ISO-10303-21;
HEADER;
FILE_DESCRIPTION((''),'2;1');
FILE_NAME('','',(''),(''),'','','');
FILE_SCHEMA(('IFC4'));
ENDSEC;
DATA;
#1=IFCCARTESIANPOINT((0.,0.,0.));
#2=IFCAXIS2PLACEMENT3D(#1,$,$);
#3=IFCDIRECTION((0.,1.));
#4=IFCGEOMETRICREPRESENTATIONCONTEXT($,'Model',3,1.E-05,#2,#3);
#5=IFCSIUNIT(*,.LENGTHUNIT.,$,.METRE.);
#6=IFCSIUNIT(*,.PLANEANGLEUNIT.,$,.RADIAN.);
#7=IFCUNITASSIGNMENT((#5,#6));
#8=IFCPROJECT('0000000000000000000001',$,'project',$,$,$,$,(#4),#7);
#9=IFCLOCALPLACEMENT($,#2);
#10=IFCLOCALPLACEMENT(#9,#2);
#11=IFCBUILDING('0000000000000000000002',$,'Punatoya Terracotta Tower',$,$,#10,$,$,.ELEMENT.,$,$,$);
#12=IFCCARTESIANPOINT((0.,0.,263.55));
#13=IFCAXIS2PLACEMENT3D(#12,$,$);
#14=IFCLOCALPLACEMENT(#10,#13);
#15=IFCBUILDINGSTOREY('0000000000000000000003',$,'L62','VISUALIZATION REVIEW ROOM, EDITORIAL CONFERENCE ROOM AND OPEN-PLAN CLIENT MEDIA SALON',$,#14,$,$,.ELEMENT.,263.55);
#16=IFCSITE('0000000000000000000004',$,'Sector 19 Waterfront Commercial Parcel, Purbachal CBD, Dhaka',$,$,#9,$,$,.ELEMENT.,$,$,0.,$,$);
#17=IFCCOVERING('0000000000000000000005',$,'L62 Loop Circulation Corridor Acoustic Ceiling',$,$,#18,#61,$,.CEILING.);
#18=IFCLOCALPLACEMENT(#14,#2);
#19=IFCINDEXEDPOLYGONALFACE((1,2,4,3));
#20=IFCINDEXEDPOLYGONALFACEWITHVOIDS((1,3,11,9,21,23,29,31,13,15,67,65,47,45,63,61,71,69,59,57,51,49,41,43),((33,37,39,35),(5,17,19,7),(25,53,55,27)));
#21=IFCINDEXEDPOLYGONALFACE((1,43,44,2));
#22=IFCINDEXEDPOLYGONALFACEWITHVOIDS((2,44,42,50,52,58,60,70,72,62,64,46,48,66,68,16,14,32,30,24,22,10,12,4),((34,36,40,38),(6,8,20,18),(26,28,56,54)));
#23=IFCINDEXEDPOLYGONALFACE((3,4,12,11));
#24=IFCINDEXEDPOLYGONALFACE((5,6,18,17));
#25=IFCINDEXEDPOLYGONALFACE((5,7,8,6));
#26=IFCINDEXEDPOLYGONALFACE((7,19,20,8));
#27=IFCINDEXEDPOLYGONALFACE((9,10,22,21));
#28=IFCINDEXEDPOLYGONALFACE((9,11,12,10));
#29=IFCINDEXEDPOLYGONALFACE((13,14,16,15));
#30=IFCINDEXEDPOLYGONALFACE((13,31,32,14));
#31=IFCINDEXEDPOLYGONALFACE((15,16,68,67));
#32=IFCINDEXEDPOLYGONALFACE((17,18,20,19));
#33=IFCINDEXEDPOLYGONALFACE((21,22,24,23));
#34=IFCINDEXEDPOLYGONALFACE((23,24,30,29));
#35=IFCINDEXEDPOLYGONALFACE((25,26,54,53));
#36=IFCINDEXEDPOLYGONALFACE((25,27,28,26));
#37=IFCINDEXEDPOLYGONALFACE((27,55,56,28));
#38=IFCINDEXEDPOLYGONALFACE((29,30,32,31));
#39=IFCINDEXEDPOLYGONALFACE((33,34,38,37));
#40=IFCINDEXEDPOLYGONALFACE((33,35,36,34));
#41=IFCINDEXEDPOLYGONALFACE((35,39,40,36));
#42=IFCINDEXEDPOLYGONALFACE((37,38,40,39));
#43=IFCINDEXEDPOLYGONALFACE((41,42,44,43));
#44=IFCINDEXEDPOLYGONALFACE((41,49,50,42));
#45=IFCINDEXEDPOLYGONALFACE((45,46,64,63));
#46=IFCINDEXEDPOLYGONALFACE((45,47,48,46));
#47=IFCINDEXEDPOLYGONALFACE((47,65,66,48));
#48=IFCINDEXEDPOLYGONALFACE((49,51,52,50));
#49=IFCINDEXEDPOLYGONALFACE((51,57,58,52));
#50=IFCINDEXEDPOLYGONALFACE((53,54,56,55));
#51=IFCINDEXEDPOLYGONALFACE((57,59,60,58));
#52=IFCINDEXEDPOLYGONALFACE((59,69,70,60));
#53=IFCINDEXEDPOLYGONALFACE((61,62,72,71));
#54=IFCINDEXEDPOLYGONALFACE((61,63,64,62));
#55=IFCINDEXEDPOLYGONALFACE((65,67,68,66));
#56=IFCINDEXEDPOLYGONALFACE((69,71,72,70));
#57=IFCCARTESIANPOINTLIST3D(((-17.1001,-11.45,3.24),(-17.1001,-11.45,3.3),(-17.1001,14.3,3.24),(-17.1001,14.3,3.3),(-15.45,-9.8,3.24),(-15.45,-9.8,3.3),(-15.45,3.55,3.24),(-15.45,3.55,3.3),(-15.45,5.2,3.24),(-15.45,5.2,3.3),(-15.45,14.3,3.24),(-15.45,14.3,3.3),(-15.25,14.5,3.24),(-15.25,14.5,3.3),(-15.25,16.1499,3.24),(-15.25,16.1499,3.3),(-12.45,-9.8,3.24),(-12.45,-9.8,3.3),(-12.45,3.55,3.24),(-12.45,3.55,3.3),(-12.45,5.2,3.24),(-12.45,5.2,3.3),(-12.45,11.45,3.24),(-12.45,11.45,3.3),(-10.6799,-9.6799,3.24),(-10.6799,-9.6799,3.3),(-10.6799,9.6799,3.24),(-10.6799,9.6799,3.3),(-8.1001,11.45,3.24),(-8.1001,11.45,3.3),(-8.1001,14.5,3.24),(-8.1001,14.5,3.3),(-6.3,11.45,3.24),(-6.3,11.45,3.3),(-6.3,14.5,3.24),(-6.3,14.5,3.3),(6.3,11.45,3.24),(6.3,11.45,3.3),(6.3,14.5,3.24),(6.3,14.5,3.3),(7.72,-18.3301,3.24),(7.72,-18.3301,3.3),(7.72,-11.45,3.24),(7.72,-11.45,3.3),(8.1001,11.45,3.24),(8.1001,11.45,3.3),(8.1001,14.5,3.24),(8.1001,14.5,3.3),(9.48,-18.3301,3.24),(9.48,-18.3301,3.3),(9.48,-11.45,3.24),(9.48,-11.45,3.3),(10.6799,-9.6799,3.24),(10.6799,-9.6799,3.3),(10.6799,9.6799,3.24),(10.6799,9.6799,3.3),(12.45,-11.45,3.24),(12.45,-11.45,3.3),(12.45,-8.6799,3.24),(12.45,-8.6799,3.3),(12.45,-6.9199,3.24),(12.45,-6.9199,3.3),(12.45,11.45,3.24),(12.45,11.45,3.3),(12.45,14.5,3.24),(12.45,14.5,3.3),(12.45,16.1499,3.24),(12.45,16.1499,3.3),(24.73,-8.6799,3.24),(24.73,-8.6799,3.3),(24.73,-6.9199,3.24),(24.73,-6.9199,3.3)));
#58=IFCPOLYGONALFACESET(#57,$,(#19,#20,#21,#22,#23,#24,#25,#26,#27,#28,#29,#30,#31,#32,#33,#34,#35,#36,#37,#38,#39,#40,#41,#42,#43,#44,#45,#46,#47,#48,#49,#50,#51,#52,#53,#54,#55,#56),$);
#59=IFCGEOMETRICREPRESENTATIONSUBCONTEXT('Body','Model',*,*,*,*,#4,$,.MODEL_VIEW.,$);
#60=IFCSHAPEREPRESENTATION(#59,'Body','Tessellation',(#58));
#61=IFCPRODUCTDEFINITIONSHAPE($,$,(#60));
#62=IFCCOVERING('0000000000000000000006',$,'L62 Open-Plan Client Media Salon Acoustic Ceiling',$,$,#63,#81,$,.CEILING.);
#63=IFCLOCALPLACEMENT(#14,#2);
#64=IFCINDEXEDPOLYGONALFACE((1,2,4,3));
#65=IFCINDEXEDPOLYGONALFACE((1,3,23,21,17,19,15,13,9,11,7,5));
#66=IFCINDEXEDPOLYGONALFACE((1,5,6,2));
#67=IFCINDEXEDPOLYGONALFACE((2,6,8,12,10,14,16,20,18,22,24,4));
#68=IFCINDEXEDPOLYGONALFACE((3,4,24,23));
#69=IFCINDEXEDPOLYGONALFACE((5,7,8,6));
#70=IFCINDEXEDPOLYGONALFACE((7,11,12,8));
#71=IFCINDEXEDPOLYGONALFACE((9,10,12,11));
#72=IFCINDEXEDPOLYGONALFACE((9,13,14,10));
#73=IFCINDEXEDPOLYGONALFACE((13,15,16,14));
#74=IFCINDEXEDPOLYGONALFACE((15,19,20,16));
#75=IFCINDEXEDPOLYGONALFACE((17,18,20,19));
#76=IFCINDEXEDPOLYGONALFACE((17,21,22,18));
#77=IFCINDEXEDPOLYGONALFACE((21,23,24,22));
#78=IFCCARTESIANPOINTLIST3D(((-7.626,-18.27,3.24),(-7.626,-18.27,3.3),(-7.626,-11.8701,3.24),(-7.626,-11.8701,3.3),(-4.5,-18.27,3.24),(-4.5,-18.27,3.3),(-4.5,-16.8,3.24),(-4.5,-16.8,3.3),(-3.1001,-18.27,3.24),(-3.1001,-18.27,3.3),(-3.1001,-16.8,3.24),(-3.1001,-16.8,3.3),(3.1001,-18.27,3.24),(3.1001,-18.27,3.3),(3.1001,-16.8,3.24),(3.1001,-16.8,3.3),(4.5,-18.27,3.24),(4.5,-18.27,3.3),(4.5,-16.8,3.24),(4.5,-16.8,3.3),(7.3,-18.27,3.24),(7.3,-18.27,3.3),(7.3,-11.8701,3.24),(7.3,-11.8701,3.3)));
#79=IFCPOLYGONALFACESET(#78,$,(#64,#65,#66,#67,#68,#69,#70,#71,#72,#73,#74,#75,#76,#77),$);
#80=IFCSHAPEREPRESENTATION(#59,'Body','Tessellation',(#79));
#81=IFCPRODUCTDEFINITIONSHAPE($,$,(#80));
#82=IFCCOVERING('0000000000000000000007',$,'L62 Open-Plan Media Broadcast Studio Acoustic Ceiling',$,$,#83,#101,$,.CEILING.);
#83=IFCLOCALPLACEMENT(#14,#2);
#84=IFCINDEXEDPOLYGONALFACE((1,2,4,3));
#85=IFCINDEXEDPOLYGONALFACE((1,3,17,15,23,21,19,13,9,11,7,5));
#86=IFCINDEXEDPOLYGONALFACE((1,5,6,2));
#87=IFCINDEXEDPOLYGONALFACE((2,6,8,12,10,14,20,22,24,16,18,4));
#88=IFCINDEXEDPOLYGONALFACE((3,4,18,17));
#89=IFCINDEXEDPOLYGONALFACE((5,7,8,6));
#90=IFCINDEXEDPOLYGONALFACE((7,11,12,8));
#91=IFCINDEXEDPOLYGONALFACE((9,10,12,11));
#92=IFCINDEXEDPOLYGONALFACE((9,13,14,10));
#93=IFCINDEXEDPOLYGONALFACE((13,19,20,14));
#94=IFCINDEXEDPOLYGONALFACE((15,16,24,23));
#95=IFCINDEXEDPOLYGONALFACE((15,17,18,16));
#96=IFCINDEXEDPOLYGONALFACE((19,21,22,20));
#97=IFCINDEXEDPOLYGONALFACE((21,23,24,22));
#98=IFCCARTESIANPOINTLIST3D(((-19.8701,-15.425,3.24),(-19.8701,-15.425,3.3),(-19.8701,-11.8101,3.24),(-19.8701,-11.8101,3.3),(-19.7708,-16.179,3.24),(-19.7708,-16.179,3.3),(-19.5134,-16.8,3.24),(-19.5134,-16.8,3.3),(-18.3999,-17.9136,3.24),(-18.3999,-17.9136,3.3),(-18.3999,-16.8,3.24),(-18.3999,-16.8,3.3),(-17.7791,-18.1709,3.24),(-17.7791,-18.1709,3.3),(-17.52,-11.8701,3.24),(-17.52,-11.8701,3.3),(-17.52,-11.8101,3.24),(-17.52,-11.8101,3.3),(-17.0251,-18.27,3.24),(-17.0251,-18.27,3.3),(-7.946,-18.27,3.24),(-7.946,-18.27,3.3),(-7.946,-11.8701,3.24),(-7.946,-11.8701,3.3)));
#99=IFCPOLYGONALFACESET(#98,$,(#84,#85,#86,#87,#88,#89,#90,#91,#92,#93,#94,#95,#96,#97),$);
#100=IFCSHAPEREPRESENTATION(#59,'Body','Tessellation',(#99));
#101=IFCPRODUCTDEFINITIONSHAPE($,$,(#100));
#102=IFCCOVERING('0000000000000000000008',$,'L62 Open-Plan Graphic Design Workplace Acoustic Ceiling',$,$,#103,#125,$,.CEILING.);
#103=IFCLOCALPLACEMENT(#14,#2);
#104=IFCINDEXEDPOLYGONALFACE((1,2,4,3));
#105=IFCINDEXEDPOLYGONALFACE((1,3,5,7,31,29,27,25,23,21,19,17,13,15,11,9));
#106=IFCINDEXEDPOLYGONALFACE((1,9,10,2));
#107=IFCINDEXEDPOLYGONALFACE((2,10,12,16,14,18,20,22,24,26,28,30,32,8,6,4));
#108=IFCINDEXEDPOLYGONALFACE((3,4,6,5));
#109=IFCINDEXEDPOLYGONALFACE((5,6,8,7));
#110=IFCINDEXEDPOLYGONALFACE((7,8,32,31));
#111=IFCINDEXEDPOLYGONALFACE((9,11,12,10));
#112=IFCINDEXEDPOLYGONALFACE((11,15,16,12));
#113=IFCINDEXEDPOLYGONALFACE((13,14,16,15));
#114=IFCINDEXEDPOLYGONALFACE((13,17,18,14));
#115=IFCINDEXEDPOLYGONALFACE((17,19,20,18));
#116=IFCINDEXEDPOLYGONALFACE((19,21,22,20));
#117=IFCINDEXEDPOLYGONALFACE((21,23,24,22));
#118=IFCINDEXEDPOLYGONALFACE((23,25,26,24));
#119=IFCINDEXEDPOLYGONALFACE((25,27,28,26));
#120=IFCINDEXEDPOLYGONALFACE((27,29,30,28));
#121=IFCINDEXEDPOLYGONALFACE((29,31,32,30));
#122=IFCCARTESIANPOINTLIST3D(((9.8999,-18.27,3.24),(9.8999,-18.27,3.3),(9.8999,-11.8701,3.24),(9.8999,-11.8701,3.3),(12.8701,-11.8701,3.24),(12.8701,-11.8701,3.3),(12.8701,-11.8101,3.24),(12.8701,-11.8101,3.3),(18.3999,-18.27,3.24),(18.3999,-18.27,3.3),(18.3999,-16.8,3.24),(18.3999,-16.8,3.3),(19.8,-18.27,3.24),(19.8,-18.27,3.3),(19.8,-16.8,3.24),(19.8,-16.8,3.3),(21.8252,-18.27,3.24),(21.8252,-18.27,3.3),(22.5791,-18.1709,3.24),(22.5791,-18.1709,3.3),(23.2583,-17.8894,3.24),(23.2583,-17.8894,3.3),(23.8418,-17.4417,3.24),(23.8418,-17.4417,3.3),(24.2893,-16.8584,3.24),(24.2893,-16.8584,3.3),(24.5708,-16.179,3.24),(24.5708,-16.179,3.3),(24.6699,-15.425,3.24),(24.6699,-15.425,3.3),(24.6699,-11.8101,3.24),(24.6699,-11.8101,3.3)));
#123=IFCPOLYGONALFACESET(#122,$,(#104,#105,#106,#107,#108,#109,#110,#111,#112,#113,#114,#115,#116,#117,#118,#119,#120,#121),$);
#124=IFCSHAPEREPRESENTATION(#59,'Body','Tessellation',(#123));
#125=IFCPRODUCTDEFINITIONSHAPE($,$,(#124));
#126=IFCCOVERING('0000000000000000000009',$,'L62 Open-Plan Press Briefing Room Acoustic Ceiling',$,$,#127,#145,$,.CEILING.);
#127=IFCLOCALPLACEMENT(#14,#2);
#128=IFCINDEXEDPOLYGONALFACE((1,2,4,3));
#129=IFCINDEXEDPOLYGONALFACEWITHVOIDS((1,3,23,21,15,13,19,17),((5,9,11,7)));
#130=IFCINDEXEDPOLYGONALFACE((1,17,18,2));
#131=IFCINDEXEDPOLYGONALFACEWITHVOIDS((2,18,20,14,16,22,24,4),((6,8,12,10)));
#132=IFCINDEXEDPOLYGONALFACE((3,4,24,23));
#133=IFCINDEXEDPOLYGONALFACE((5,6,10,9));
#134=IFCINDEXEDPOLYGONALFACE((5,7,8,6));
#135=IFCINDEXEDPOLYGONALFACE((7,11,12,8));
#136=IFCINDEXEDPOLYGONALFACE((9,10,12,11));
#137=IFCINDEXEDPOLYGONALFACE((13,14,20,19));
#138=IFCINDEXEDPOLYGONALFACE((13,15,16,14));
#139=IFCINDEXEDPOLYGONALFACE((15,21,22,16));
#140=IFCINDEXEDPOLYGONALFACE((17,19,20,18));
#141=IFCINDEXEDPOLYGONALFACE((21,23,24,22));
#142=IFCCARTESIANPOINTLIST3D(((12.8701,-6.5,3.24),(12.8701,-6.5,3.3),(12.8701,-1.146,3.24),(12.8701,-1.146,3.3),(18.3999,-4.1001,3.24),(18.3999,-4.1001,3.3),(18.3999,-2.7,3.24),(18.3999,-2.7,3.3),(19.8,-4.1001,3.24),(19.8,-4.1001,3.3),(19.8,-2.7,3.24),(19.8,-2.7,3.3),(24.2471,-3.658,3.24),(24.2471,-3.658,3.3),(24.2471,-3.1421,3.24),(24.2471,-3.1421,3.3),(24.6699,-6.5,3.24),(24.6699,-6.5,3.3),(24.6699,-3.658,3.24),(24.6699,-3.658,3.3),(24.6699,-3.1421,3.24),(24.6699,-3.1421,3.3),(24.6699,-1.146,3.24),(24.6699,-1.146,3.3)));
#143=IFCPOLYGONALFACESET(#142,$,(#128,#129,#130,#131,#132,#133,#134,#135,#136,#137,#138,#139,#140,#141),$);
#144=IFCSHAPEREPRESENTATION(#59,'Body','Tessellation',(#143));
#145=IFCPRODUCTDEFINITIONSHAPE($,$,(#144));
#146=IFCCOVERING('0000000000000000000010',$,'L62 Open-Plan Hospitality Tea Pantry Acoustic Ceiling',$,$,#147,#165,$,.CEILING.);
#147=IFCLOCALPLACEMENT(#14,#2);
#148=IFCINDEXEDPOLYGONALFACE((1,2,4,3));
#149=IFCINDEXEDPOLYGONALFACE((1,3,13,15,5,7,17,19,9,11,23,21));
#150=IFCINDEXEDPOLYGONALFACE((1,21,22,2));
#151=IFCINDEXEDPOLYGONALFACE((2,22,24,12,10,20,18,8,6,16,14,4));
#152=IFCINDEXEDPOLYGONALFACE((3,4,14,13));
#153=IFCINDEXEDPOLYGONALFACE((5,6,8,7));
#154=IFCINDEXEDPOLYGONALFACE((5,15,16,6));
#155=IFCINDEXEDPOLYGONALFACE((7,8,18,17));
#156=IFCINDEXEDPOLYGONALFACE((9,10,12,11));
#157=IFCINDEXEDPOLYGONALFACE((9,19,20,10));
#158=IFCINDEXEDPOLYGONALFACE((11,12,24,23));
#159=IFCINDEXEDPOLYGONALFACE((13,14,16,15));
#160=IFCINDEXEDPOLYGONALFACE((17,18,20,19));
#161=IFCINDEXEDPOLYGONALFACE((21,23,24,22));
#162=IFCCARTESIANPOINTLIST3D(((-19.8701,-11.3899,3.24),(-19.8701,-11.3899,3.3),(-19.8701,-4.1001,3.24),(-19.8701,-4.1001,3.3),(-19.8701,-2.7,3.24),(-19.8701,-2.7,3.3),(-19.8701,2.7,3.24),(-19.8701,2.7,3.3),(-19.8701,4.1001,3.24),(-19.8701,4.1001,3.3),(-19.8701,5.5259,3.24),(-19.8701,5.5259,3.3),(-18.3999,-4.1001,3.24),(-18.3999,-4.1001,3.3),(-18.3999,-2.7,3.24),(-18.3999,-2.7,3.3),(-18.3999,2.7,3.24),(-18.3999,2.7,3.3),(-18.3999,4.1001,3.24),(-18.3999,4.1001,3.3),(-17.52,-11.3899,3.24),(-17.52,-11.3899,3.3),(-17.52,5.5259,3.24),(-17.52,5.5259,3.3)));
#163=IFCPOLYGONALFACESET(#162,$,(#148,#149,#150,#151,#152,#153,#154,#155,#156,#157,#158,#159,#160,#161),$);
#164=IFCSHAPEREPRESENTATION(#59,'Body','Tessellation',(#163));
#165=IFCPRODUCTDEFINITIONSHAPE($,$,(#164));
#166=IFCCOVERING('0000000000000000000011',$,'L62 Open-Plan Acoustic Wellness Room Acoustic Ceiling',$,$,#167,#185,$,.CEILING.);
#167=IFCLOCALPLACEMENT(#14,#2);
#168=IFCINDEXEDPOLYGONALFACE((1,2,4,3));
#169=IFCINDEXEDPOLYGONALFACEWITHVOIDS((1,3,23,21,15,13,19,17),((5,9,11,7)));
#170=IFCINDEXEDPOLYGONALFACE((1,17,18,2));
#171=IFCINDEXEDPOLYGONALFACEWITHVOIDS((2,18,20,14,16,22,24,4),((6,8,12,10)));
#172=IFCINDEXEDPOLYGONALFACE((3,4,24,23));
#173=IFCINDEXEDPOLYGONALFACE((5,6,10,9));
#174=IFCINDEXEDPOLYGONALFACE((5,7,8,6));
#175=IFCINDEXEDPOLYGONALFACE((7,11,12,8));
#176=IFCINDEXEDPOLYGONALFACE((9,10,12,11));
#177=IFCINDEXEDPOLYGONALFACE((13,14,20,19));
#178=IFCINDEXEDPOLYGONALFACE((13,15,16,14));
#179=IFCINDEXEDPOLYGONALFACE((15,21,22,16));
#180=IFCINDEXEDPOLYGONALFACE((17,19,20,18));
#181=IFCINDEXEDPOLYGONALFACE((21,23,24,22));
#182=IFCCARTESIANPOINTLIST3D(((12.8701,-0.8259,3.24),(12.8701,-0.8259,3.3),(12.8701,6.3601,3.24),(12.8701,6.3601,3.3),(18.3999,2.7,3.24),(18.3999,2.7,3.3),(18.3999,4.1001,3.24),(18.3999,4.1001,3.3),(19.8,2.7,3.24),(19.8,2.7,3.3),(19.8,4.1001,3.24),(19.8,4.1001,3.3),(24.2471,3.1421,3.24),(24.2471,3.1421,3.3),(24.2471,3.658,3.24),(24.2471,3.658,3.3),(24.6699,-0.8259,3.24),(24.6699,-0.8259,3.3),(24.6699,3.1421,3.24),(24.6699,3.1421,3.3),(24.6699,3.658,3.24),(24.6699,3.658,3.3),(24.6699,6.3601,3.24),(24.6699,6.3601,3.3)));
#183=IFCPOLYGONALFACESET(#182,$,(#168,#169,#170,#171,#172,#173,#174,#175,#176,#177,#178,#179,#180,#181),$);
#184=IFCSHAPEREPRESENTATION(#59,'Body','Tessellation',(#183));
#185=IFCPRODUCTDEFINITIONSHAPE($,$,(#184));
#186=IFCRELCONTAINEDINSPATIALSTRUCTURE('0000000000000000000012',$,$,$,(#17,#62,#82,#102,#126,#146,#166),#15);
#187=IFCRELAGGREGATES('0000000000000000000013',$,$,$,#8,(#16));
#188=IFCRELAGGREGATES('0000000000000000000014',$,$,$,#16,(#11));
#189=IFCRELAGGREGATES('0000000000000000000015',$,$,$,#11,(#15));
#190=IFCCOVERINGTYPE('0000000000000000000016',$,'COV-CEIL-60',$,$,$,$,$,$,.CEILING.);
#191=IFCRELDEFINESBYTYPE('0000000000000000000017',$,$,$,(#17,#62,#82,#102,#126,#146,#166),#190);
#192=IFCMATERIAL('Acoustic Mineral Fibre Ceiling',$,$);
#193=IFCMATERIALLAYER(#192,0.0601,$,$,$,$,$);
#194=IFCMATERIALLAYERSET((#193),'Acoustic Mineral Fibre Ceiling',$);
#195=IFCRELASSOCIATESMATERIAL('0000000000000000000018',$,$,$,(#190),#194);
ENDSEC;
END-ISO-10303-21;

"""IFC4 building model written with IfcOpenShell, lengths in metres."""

from ifc_helpers import new_model, si_unit, direction, frame, origin, place, context, subcontext, project, spatial, polyline, outline, extrude, material, layer, layer_set, type_object, element, save


model = new_model("IFC4")

# Units and contexts
model_context = context("Model", 3, precision=1e-05, world=origin(), true_north=direction((0.0, 1.0)))
body_context = subcontext(model_context, "Body", "Model", "MODEL_VIEW")
ifc_project = project(units=[si_unit("LENGTHUNIT", "METRE"), si_unit("PLANEANGLEUNIT", "RADIAN")], contexts=[model_context])

# Site, building, storey
site_placement = place(None, origin())
site = spatial("IfcSite", under=ifc_project, at=site_placement, Name="Sector 19 Waterfront Commercial Parcel, Purbachal CBD, Dhaka", CompositionType="ELEMENT", RefElevation=0.0)
building_placement = place(site_placement, origin())
building = spatial("IfcBuilding", under=site, at=building_placement, Name="Punatoya Terracotta Tower", CompositionType="ELEMENT")
storey_placement = place(building_placement, frame((0.0, 0.0, 263.55)))
storey = spatial("IfcBuildingStorey", under=building, at=storey_placement, Name="L62", Description="VISUALIZATION REVIEW ROOM, EDITORIAL CONFERENCE ROOM AND OPEN-PLAN CLIENT MEDIA SALON", CompositionType="ELEMENT", Elevation=263.55)

# Coverings
ifc_material_1 = material(Name="Acoustic Mineral Fibre Ceiling")
ifc_layer_1 = layer(ifc_material_1, 0.0601)
ifc_layer_set_1 = layer_set([ifc_layer_1], Name="Acoustic Mineral Fibre Ceiling")
covering_type = type_object("IfcCoveringType", Name="COV-CEIL-60", PredefinedType="CEILING", material=ifc_layer_set_1)
covering_1_placement = place(storey_placement, frame((0.0, 0.0, 3.24)))
element("IfcCovering", 1, at=covering_1_placement, inside=storey, type_object=covering_type, Name="L62 Loop Circulation Corridor Acoustic Ceiling", PredefinedType="CEILING", context=body_context, shape_type="SweptSolid", body=[
    extrude(outline(polyline([(9.48, -11.45), (12.45, -11.45), (12.45, -8.6799), (24.73, -8.6799), (24.73, -6.9199), (12.45, -6.9199), (12.45, 11.45), (8.1001, 11.45), (8.1001, 14.5), (12.45, 14.5), (12.45, 16.1499), (-15.25, 16.1499), (-15.25, 14.5), (-8.1001, 14.5), (-8.1001, 11.45), (-12.45, 11.45), (-12.45, 5.2), (-15.45, 5.2), (-15.45, 14.3), (-17.1001, 14.3), (-17.1001, -11.45), (7.72, -11.45), (7.72, -18.3301), (9.48, -18.3301), (9.48, -11.45)]), holes=[polyline([(10.6799, 9.6799), (10.6799, -9.6799), (-10.6799, -9.6799), (-10.6799, 9.6799), (10.6799, 9.6799)]), polyline([(6.3, 14.5), (6.3, 11.45), (-6.3, 11.45), (-6.3, 14.5), (6.3, 14.5)]), polyline([(-12.45, 3.55), (-12.45, -9.8), (-15.45, -9.8), (-15.45, 3.55), (-12.45, 3.55)])]), origin(), (0.0, 0.0, 1.0), 0.0601),
])
covering_2_placement = place(storey_placement, frame((0.0, 0.0, 3.24)))
element("IfcCovering", 2, at=covering_2_placement, inside=storey, type_object=covering_type, Name="L62 Open-Plan Client Media Salon Acoustic Ceiling", PredefinedType="CEILING", context=body_context, shape_type="SweptSolid", body=[
    extrude(outline(polyline([(-4.5, -18.27), (-4.5, -16.8), (-3.1001, -16.8), (-3.1001, -18.27), (3.1001, -18.27), (3.1001, -16.8), (4.5, -16.8), (4.5, -18.27), (7.3, -18.27), (7.3, -11.8701), (-7.626, -11.8701), (-7.626, -18.27), (-4.5, -18.27)])), origin(), (0.0, 0.0, 1.0), 0.0601),
])
covering_3_placement = place(storey_placement, frame((0.0, 0.0, 3.24)))
element("IfcCovering", 3, at=covering_3_placement, inside=storey, type_object=covering_type, Name="L62 Open-Plan Media Broadcast Studio Acoustic Ceiling", PredefinedType="CEILING", context=body_context, shape_type="SweptSolid", body=[
    extrude(outline(polyline([(-17.52, -11.8701), (-17.52, -11.8101), (-19.8701, -11.8101), (-19.8701, -15.425), (-19.7708, -16.179), (-19.5134, -16.8), (-18.3999, -16.8), (-18.3999, -17.9136), (-17.7791, -18.1709), (-17.0251, -18.27), (-7.946, -18.27), (-7.946, -11.8701), (-17.52, -11.8701)])), origin(), (0.0, 0.0, 1.0), 0.0601),
])
covering_4_placement = place(storey_placement, frame((0.0, 0.0, 3.24)))
element("IfcCovering", 4, at=covering_4_placement, inside=storey, type_object=covering_type, Name="L62 Open-Plan Graphic Design Workplace Acoustic Ceiling", PredefinedType="CEILING", context=body_context, shape_type="SweptSolid", body=[
    extrude(outline(polyline([(12.8701, -11.8701), (9.8999, -11.8701), (9.8999, -18.27), (18.3999, -18.27), (18.3999, -16.8), (19.8, -16.8), (19.8, -18.27), (21.8252, -18.27), (22.5791, -18.1709), (23.2583, -17.8894), (23.8418, -17.4417), (24.2893, -16.8584), (24.5708, -16.179), (24.6699, -15.425), (24.6699, -11.8101), (12.8701, -11.8101), (12.8701, -11.8701)])), origin(), (0.0, 0.0, 1.0), 0.0601),
])
covering_5_placement = place(storey_placement, frame((0.0, 0.0, 3.24)))
element("IfcCovering", 5, at=covering_5_placement, inside=storey, type_object=covering_type, Name="L62 Open-Plan Press Briefing Room Acoustic Ceiling", PredefinedType="CEILING", context=body_context, shape_type="SweptSolid", body=[
    extrude(outline(polyline([(24.6699, -3.1421), (24.6699, -1.146), (12.8701, -1.146), (12.8701, -6.5), (24.6699, -6.5), (24.6699, -3.658), (24.2471, -3.658), (24.2471, -3.1421), (24.6699, -3.1421)]), holes=[polyline([(18.3999, -4.1001), (18.3999, -2.7), (19.8, -2.7), (19.8, -4.1001), (18.3999, -4.1001)])]), origin(), (0.0, 0.0, 1.0), 0.0601),
])
covering_6_placement = place(storey_placement, frame((0.0, 0.0, 3.24)))
element("IfcCovering", 6, at=covering_6_placement, inside=storey, type_object=covering_type, Name="L62 Open-Plan Hospitality Tea Pantry Acoustic Ceiling", PredefinedType="CEILING", context=body_context, shape_type="SweptSolid", body=[
    extrude(outline(polyline([(-19.8701, -4.1001), (-19.8701, -11.3899), (-17.52, -11.3899), (-17.52, 5.5259), (-19.8701, 5.5259), (-19.8701, 4.1001), (-18.3999, 4.1001), (-18.3999, 2.7), (-19.8701, 2.7), (-19.8701, -2.7), (-18.3999, -2.7), (-18.3999, -4.1001), (-19.8701, -4.1001)])), origin(), (0.0, 0.0, 1.0), 0.0601),
])
covering_7_placement = place(storey_placement, frame((0.0, 0.0, 3.24)))
element("IfcCovering", 7, at=covering_7_placement, inside=storey, type_object=covering_type, Name="L62 Open-Plan Acoustic Wellness Room Acoustic Ceiling", PredefinedType="CEILING", context=body_context, shape_type="SweptSolid", body=[
    extrude(outline(polyline([(24.6699, 3.658), (24.6699, 6.3601), (12.8701, 6.3601), (12.8701, -0.8259), (24.6699, -0.8259), (24.6699, 3.1421), (24.2471, 3.1421), (24.2471, 3.658), (24.6699, 3.658)]), holes=[polyline([(18.3999, 4.1001), (19.8, 4.1001), (19.8, 2.7), (18.3999, 2.7), (18.3999, 4.1001)])]), origin(), (0.0, 0.0, 1.0), 0.0601),
])

save(model, "model.ifc")
